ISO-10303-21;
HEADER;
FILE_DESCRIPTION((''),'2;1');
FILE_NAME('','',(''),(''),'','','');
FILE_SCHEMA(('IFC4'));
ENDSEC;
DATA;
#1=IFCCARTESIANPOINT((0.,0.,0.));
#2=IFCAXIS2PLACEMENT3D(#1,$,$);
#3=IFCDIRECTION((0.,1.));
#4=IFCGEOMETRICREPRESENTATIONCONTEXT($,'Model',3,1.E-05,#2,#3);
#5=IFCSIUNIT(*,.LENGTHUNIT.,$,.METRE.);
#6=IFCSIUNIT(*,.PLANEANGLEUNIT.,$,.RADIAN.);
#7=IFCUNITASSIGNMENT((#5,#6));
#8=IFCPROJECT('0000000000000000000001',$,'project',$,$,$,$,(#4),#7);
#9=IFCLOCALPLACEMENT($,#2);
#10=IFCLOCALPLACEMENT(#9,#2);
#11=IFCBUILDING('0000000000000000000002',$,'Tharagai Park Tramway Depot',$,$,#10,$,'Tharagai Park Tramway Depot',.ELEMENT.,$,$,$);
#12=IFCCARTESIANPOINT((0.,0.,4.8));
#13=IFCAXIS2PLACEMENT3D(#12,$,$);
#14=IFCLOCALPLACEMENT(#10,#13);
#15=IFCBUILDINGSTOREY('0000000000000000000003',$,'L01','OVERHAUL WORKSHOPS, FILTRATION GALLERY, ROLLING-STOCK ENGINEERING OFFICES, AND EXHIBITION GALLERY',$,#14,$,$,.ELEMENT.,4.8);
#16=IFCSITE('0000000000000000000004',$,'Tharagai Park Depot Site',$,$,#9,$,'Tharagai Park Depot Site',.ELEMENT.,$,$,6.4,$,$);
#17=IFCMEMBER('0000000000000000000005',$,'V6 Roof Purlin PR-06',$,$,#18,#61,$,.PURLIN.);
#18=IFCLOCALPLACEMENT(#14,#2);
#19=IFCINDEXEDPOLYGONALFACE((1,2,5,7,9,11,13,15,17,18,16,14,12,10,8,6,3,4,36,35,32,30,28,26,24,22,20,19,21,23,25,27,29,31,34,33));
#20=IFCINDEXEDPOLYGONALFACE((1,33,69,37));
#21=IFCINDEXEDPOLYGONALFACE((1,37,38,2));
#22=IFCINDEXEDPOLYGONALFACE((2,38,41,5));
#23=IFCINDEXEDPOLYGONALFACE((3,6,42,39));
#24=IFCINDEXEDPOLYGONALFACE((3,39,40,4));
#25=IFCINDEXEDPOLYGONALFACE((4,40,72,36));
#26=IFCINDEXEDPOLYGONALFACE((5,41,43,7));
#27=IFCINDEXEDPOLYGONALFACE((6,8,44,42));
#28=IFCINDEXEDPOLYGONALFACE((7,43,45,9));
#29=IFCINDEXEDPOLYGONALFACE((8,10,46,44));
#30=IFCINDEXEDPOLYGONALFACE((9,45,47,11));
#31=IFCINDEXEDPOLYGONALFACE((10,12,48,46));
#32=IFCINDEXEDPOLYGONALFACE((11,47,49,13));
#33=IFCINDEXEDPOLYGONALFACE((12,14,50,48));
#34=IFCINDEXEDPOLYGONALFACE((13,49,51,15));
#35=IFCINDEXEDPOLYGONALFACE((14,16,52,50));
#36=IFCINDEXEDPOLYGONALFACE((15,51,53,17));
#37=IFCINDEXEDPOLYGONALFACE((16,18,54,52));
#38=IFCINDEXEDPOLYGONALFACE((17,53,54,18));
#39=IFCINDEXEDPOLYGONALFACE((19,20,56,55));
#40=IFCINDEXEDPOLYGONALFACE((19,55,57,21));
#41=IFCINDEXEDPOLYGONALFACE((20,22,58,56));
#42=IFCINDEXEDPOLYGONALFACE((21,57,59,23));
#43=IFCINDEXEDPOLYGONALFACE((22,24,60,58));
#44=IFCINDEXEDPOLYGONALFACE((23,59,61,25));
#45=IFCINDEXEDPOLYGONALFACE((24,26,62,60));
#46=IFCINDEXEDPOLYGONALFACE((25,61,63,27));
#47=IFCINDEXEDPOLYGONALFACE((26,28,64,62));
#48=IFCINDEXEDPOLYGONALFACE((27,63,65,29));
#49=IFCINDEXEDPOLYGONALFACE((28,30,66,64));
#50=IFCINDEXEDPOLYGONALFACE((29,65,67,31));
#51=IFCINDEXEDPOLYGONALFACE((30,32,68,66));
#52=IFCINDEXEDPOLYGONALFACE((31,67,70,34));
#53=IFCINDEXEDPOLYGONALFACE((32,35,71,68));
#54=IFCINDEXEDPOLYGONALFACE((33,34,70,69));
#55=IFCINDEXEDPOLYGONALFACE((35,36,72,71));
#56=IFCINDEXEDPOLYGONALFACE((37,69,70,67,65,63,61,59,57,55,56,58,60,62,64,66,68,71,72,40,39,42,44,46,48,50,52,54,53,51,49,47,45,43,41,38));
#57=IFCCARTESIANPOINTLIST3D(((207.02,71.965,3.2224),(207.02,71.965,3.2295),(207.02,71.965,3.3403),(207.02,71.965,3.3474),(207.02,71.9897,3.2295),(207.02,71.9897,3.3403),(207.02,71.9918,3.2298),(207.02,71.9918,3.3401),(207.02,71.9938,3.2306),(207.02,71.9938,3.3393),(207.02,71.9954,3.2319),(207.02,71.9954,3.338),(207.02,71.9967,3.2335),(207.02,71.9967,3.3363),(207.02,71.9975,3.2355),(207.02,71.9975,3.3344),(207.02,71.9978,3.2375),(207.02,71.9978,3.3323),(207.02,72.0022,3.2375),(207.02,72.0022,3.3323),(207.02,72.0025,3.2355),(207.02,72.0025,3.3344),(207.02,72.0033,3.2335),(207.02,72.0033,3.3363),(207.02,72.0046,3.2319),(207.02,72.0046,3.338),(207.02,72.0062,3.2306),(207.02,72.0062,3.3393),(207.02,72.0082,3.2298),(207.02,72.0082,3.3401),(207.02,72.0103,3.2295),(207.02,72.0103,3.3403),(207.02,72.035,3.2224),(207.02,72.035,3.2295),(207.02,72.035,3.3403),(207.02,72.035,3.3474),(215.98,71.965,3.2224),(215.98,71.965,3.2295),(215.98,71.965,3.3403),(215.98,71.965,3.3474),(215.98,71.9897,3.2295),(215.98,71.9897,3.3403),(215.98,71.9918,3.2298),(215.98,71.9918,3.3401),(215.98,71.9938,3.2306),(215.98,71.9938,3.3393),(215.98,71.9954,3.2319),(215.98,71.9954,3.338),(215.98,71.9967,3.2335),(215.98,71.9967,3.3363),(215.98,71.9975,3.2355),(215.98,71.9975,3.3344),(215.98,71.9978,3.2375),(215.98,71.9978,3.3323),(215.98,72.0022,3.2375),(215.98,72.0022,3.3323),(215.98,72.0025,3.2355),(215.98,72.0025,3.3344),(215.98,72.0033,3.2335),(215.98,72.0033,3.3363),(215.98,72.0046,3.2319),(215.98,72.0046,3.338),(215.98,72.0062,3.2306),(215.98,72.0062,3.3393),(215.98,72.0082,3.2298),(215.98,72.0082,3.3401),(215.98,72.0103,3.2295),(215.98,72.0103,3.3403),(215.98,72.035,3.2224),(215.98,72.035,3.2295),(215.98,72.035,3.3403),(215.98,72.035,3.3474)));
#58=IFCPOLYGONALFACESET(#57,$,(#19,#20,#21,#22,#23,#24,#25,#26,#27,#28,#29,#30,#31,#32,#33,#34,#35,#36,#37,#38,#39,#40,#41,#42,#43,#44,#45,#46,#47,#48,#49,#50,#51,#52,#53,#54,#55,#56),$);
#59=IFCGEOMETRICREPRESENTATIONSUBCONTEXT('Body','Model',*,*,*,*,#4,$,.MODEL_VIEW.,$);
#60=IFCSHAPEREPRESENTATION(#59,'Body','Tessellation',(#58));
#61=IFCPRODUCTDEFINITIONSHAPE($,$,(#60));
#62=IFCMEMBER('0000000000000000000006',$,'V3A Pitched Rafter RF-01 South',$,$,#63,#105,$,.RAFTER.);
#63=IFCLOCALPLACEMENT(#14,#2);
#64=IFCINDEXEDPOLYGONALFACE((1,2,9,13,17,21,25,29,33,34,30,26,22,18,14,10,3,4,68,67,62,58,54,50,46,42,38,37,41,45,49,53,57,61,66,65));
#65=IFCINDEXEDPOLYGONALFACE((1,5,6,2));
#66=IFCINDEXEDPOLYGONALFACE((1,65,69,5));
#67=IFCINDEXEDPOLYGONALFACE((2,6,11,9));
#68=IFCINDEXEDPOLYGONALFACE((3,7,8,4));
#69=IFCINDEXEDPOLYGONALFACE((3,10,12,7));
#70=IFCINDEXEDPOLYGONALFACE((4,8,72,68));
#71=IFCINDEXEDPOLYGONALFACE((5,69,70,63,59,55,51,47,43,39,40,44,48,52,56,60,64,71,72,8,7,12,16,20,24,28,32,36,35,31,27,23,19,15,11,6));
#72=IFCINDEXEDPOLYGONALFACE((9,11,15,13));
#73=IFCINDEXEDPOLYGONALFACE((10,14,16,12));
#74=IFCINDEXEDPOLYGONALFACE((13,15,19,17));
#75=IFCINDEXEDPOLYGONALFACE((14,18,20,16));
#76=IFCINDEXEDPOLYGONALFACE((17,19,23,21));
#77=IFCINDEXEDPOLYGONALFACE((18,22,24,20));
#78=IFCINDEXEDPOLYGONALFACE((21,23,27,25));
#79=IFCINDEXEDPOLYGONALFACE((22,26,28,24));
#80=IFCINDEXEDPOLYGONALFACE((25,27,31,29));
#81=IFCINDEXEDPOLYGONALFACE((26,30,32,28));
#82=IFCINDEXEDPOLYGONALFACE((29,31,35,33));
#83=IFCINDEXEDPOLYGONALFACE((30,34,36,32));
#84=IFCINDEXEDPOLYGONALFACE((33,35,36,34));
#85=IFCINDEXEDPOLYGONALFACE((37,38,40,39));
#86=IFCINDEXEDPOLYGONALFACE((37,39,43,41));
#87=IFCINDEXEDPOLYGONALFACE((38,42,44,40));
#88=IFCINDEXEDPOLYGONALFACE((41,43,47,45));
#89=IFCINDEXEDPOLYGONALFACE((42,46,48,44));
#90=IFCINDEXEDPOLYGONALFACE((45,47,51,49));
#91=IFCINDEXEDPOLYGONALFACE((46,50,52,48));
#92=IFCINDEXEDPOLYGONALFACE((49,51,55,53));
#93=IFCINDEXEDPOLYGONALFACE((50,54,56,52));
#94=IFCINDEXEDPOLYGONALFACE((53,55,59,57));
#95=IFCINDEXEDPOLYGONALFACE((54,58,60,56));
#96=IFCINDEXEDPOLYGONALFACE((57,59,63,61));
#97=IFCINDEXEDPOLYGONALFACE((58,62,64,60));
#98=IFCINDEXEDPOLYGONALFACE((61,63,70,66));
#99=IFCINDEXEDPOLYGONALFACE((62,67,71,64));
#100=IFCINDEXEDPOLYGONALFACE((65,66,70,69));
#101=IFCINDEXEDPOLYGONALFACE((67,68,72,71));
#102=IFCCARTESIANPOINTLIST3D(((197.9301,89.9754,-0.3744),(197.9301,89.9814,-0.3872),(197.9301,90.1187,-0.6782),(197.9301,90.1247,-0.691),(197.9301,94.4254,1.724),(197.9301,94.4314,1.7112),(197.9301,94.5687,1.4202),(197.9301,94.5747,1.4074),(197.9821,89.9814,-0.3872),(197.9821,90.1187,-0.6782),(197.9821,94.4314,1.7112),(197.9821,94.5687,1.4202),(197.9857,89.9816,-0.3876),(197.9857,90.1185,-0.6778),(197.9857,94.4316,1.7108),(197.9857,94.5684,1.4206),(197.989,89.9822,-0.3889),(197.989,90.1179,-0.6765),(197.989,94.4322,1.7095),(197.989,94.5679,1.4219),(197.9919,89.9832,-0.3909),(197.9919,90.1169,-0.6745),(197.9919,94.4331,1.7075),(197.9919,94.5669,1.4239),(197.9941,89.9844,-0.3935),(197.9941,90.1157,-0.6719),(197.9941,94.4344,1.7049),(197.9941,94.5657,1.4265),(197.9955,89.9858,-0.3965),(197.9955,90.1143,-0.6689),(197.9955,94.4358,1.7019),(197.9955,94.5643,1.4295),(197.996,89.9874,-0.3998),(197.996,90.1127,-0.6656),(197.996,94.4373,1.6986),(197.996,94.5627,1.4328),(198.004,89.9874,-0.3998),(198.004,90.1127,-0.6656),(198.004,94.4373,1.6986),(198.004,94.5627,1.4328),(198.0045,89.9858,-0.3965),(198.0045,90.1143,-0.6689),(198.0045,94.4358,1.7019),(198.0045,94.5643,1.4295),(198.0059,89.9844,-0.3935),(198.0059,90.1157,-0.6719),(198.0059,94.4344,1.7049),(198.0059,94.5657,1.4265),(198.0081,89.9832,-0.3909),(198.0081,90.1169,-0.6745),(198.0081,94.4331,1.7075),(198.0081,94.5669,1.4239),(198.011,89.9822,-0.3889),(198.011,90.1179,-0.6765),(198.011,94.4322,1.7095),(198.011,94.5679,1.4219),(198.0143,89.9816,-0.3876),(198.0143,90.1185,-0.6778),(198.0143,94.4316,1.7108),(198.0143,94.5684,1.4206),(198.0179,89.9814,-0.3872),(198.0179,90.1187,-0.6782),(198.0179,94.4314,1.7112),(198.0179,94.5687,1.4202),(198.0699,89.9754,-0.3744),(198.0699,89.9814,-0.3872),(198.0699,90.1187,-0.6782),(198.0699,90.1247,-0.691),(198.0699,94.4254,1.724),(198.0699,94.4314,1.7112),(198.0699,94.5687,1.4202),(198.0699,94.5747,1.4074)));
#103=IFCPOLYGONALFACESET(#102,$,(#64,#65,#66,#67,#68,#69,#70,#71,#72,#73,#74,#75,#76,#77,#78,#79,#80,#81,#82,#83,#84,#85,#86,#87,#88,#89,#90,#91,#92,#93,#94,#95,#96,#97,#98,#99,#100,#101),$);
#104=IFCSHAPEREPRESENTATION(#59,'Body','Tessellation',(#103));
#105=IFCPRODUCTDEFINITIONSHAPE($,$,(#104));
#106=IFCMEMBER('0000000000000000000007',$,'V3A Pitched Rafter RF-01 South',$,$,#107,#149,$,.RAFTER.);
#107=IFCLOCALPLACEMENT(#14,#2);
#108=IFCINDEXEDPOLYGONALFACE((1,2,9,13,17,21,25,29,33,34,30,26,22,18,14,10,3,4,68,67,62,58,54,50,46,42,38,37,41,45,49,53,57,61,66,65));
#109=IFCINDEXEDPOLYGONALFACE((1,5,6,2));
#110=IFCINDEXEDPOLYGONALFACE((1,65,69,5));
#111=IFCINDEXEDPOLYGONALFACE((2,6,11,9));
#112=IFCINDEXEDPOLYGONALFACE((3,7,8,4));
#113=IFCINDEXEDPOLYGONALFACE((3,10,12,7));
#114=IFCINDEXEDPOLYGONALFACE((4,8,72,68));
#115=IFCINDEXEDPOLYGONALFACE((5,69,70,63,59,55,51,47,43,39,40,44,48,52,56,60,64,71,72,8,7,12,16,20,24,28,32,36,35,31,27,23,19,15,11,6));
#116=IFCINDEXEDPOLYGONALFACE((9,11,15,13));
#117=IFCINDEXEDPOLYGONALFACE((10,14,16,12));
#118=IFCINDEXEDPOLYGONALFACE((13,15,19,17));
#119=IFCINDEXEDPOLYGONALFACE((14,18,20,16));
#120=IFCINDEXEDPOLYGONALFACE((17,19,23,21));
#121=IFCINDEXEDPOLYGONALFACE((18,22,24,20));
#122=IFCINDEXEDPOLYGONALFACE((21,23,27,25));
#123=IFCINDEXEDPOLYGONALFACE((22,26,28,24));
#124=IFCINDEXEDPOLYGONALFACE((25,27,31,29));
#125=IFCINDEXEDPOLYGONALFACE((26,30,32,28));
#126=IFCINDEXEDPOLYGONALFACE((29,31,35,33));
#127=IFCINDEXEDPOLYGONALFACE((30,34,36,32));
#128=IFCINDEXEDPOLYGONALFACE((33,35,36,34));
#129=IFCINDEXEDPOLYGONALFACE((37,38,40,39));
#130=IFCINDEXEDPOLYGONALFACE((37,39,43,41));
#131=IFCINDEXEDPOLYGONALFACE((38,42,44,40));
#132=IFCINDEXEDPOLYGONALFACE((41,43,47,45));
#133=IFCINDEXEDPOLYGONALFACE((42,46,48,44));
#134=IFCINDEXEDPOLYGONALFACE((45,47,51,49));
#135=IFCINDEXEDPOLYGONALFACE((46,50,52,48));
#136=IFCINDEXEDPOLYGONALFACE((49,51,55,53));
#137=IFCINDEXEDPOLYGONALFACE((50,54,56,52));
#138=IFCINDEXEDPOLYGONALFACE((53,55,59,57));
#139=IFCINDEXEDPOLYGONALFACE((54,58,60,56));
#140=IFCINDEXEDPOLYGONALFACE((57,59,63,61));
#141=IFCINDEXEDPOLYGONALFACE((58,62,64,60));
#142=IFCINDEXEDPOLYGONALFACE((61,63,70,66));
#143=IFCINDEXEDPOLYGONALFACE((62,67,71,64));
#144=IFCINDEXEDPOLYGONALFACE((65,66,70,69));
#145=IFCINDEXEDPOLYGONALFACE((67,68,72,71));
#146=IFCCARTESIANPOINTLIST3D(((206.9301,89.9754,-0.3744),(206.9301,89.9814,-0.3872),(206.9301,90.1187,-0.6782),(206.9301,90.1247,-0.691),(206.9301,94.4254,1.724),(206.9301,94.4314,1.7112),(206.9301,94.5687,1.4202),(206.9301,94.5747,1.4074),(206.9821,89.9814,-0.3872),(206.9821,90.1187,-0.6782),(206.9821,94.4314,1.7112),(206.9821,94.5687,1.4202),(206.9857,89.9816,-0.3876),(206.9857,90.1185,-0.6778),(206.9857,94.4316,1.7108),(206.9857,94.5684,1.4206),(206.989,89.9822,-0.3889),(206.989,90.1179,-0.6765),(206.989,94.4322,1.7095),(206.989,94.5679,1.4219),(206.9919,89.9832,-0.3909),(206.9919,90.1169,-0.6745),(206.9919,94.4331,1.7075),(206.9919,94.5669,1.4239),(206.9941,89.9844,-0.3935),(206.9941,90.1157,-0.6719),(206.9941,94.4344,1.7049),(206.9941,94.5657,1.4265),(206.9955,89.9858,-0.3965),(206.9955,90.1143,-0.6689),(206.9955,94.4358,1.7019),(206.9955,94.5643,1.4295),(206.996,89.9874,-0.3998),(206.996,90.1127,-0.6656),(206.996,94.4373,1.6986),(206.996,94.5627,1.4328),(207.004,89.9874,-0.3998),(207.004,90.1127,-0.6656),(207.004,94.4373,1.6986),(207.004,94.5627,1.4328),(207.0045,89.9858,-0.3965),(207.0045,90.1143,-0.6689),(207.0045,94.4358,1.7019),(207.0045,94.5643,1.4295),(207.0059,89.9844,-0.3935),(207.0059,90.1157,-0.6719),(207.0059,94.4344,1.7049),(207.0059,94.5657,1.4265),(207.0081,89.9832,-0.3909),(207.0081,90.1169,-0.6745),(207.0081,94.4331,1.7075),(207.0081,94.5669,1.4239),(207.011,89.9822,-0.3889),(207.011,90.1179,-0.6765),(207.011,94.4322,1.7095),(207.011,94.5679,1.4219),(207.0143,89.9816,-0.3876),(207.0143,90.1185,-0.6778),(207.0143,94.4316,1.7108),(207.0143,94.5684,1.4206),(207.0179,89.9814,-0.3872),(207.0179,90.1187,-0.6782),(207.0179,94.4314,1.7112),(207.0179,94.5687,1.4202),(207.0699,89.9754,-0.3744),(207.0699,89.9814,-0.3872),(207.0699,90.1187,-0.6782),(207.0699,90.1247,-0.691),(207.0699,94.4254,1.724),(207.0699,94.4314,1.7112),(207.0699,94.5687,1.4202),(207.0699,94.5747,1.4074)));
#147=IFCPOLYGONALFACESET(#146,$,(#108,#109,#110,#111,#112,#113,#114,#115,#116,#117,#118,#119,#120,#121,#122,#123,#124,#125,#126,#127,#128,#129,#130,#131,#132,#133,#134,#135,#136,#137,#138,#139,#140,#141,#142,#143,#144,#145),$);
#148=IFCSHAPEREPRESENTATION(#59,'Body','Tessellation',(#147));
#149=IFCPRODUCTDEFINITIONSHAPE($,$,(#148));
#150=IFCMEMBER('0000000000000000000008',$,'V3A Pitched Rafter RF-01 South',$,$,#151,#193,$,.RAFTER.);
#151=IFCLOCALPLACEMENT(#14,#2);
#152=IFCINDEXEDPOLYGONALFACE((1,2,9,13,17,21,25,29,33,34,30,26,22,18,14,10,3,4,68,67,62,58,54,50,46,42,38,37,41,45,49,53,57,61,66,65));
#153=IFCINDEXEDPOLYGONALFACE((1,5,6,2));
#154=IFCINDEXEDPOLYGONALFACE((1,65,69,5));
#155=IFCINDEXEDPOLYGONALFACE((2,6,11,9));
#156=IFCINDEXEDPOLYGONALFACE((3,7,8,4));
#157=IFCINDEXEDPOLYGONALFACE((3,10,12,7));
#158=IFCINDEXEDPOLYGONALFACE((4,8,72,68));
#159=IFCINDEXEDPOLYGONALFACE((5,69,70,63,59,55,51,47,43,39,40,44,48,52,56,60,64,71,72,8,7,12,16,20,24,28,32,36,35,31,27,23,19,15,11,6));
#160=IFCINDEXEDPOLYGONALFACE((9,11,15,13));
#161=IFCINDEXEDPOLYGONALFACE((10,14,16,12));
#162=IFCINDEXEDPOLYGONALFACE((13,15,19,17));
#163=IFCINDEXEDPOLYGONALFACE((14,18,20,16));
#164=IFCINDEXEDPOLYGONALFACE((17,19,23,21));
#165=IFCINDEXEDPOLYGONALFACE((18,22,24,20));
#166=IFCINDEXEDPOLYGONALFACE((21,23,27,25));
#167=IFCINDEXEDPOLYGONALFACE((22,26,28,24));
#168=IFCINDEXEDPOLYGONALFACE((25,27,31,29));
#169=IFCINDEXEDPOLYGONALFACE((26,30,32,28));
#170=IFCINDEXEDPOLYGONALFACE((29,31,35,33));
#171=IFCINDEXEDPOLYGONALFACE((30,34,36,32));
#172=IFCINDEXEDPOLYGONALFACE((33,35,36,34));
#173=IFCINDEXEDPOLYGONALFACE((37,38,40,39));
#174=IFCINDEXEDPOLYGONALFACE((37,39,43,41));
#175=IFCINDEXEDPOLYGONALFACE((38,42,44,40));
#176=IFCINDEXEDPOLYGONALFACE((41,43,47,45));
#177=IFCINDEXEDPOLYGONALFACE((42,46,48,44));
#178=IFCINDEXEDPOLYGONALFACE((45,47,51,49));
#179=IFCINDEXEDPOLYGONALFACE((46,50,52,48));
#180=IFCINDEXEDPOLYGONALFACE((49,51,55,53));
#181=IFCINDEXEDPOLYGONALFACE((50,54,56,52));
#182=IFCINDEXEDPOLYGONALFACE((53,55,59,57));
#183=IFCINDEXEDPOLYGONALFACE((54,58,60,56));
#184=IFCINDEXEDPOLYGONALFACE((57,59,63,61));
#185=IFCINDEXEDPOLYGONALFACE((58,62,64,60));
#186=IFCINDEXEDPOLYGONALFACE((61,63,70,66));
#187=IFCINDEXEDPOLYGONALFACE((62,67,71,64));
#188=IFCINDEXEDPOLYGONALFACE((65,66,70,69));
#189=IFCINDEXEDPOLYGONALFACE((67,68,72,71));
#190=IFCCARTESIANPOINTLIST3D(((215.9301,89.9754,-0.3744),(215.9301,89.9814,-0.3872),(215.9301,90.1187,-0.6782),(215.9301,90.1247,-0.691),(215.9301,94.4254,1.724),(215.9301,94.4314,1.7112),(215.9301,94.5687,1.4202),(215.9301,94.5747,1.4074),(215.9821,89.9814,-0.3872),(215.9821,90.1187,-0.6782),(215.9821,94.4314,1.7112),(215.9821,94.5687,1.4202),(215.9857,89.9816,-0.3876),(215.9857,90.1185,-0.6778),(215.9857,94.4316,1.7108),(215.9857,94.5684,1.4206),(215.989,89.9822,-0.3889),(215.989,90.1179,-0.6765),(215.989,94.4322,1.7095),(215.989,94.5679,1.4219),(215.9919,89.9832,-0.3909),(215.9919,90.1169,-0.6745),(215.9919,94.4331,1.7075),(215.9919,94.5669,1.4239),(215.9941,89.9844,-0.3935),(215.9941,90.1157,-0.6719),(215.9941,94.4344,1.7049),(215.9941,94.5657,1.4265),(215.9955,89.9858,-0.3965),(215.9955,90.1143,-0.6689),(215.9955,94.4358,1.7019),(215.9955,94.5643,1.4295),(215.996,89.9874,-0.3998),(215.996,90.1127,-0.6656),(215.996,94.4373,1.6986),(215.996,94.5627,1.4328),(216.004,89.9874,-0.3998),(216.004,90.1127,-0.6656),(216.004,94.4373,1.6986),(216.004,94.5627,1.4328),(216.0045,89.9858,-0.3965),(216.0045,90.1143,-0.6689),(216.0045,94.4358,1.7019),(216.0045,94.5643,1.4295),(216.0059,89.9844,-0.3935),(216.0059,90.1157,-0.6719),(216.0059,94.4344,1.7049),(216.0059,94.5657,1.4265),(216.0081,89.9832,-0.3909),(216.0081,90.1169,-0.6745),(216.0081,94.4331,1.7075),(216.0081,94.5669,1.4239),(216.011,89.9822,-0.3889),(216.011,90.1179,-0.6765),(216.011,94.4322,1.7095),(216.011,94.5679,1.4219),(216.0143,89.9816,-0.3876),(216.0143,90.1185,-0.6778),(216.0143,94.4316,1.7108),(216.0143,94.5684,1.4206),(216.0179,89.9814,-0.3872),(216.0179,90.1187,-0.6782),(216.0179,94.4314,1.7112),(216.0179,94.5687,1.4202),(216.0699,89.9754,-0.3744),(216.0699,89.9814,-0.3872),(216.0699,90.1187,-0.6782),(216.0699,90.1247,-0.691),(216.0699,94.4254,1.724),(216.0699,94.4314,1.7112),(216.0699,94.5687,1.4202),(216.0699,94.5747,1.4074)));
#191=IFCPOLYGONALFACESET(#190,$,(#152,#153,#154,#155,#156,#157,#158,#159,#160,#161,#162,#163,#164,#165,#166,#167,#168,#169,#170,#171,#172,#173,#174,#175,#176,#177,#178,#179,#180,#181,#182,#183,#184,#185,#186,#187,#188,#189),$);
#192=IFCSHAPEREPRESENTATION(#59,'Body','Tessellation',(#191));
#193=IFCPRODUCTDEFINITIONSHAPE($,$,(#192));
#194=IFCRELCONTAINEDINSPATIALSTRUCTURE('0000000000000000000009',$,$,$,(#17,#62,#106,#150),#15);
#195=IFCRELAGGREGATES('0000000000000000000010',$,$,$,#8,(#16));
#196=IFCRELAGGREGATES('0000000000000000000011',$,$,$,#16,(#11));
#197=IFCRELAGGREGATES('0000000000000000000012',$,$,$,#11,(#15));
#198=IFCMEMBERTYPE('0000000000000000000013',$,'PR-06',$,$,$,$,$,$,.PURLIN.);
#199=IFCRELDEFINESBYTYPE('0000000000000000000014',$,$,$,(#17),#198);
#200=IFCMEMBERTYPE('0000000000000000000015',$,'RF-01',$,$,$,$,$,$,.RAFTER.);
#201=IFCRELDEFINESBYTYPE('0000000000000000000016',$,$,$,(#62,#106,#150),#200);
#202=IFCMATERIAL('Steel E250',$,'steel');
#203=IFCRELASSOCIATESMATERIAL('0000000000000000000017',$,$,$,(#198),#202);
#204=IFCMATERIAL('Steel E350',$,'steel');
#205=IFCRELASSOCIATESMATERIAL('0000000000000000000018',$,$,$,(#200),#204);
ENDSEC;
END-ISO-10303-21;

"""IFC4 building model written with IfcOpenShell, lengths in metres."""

from ifc_helpers import new_model, si_unit, direction, frame, origin, origin_2d, place, context, subcontext, project, spatial, i_section, extrude, material, material_profile, profile_set, type_object, element, save


model = new_model("IFC4")

# Units and contexts
model_context = context("Model", 3, precision=1e-05, world=origin(), true_north=direction((0.0, 1.0)))
body_context = subcontext(model_context, "Body", "Model", "MODEL_VIEW")
ifc_project = project(units=[si_unit("LENGTHUNIT", "METRE"), si_unit("PLANEANGLEUNIT", "RADIAN")], contexts=[model_context])

# Site, building, storey
site_placement = place(None, origin())
site = spatial("IfcSite", under=ifc_project, at=site_placement, Name="Tharagai Park Depot Site", LongName="Tharagai Park Depot Site", CompositionType="ELEMENT", RefElevation=6.4)
building_placement = place(site_placement, origin())
building = spatial("IfcBuilding", under=site, at=building_placement, Name="Tharagai Park Tramway Depot", LongName="Tharagai Park Tramway Depot", CompositionType="ELEMENT")
storey_placement = place(building_placement, frame((0.0, 0.0, 4.8)))
storey = spatial("IfcBuildingStorey", under=building, at=storey_placement, Name="L01", Description="OVERHAUL WORKSHOPS, FILTRATION GALLERY, ROLLING-STOCK ENGINEERING OFFICES, AND EXHIBITION GALLERY", CompositionType="ELEMENT", Elevation=4.8)

# Shared definitions
ifc_material_1 = material(Name="Steel E350", Category="steel")

# Members
ifc_material_2 = material(Name="Steel E250", Category="steel")
ifc_material_profile_1 = material_profile(ifc_material_2, i_section(OverallWidth=0.0701, OverallDepth=0.125, WebThickness=0.0044, FlangeThickness=0.0071, FilletRadius=0.0081, at=origin_2d()), Name="ISMB 125")
ifc_profile_set_1 = profile_set([ifc_material_profile_1], Name="Steel E250")
member_type_1 = type_object("IfcMemberType", Name="PR-06", PredefinedType="PURLIN", material=ifc_profile_set_1)
for number, where, z_axis, x_axis, name in (
    (1, (207.02, 72.0, 3.2849), (1.0, 0.0, 0.0), (0.0, 1.0, 0.0), "V6 Roof Purlin PR-06"),
):
    element("IfcMember", number, at=place(storey_placement, frame(where, z_axis=z_axis, x_axis=x_axis)), inside=storey, type_object=member_type_1, Name=name, PredefinedType="PURLIN", context=body_context, shape_type="SweptSolid", body=[
        extrude(i_section(OverallWidth=0.0701, OverallDepth=0.125, WebThickness=0.0044, FlangeThickness=0.0071, FilletRadius=0.0081, at=origin_2d()), origin(), (0.0, 0.0, 1.0), 8.96),
    ])
ifc_material_profile_2 = material_profile(ifc_material_1, i_section(OverallWidth=0.1399, OverallDepth=0.3501, WebThickness=0.0081, FlangeThickness=0.0142, FilletRadius=0.0139, at=origin_2d()), Name="ISMB 350")
ifc_profile_set_2 = profile_set([ifc_material_profile_2], Name="Steel E350")
member_type_2 = type_object("IfcMemberType", Name="RF-01", PredefinedType="RAFTER", material=ifc_profile_set_2)
for number, where, z_axis, x_axis, name in (
    (2, (198.0, 90.05, -0.5327), (0.0, 0.904482, 0.426511), (-1.0, 0.0, 0.0), "V3A Pitched Rafter RF-01 South"),
    (3, (207.0, 90.05, -0.5327), (0.0, 0.904482, 0.426511), (-1.0, 0.0, 0.0), "V3A Pitched Rafter RF-01 South"),
    (4, (216.0, 90.05, -0.5327), (0.0, 0.904482, 0.426511), (-1.0, 0.0, 0.0), "V3A Pitched Rafter RF-01 South"),
):
    element("IfcMember", number, at=place(storey_placement, frame(where, z_axis=z_axis, x_axis=x_axis)), inside=storey, type_object=member_type_2, Name=name, PredefinedType="RAFTER", context=body_context, shape_type="SweptSolid", body=[
        extrude(i_section(OverallWidth=0.1399, OverallDepth=0.3501, WebThickness=0.0081, FlangeThickness=0.0142, FilletRadius=0.0139, at=origin_2d()), origin(), (0.0, 0.0, 1.0), 4.9199),
    ])

save(model, "model.ifc")
